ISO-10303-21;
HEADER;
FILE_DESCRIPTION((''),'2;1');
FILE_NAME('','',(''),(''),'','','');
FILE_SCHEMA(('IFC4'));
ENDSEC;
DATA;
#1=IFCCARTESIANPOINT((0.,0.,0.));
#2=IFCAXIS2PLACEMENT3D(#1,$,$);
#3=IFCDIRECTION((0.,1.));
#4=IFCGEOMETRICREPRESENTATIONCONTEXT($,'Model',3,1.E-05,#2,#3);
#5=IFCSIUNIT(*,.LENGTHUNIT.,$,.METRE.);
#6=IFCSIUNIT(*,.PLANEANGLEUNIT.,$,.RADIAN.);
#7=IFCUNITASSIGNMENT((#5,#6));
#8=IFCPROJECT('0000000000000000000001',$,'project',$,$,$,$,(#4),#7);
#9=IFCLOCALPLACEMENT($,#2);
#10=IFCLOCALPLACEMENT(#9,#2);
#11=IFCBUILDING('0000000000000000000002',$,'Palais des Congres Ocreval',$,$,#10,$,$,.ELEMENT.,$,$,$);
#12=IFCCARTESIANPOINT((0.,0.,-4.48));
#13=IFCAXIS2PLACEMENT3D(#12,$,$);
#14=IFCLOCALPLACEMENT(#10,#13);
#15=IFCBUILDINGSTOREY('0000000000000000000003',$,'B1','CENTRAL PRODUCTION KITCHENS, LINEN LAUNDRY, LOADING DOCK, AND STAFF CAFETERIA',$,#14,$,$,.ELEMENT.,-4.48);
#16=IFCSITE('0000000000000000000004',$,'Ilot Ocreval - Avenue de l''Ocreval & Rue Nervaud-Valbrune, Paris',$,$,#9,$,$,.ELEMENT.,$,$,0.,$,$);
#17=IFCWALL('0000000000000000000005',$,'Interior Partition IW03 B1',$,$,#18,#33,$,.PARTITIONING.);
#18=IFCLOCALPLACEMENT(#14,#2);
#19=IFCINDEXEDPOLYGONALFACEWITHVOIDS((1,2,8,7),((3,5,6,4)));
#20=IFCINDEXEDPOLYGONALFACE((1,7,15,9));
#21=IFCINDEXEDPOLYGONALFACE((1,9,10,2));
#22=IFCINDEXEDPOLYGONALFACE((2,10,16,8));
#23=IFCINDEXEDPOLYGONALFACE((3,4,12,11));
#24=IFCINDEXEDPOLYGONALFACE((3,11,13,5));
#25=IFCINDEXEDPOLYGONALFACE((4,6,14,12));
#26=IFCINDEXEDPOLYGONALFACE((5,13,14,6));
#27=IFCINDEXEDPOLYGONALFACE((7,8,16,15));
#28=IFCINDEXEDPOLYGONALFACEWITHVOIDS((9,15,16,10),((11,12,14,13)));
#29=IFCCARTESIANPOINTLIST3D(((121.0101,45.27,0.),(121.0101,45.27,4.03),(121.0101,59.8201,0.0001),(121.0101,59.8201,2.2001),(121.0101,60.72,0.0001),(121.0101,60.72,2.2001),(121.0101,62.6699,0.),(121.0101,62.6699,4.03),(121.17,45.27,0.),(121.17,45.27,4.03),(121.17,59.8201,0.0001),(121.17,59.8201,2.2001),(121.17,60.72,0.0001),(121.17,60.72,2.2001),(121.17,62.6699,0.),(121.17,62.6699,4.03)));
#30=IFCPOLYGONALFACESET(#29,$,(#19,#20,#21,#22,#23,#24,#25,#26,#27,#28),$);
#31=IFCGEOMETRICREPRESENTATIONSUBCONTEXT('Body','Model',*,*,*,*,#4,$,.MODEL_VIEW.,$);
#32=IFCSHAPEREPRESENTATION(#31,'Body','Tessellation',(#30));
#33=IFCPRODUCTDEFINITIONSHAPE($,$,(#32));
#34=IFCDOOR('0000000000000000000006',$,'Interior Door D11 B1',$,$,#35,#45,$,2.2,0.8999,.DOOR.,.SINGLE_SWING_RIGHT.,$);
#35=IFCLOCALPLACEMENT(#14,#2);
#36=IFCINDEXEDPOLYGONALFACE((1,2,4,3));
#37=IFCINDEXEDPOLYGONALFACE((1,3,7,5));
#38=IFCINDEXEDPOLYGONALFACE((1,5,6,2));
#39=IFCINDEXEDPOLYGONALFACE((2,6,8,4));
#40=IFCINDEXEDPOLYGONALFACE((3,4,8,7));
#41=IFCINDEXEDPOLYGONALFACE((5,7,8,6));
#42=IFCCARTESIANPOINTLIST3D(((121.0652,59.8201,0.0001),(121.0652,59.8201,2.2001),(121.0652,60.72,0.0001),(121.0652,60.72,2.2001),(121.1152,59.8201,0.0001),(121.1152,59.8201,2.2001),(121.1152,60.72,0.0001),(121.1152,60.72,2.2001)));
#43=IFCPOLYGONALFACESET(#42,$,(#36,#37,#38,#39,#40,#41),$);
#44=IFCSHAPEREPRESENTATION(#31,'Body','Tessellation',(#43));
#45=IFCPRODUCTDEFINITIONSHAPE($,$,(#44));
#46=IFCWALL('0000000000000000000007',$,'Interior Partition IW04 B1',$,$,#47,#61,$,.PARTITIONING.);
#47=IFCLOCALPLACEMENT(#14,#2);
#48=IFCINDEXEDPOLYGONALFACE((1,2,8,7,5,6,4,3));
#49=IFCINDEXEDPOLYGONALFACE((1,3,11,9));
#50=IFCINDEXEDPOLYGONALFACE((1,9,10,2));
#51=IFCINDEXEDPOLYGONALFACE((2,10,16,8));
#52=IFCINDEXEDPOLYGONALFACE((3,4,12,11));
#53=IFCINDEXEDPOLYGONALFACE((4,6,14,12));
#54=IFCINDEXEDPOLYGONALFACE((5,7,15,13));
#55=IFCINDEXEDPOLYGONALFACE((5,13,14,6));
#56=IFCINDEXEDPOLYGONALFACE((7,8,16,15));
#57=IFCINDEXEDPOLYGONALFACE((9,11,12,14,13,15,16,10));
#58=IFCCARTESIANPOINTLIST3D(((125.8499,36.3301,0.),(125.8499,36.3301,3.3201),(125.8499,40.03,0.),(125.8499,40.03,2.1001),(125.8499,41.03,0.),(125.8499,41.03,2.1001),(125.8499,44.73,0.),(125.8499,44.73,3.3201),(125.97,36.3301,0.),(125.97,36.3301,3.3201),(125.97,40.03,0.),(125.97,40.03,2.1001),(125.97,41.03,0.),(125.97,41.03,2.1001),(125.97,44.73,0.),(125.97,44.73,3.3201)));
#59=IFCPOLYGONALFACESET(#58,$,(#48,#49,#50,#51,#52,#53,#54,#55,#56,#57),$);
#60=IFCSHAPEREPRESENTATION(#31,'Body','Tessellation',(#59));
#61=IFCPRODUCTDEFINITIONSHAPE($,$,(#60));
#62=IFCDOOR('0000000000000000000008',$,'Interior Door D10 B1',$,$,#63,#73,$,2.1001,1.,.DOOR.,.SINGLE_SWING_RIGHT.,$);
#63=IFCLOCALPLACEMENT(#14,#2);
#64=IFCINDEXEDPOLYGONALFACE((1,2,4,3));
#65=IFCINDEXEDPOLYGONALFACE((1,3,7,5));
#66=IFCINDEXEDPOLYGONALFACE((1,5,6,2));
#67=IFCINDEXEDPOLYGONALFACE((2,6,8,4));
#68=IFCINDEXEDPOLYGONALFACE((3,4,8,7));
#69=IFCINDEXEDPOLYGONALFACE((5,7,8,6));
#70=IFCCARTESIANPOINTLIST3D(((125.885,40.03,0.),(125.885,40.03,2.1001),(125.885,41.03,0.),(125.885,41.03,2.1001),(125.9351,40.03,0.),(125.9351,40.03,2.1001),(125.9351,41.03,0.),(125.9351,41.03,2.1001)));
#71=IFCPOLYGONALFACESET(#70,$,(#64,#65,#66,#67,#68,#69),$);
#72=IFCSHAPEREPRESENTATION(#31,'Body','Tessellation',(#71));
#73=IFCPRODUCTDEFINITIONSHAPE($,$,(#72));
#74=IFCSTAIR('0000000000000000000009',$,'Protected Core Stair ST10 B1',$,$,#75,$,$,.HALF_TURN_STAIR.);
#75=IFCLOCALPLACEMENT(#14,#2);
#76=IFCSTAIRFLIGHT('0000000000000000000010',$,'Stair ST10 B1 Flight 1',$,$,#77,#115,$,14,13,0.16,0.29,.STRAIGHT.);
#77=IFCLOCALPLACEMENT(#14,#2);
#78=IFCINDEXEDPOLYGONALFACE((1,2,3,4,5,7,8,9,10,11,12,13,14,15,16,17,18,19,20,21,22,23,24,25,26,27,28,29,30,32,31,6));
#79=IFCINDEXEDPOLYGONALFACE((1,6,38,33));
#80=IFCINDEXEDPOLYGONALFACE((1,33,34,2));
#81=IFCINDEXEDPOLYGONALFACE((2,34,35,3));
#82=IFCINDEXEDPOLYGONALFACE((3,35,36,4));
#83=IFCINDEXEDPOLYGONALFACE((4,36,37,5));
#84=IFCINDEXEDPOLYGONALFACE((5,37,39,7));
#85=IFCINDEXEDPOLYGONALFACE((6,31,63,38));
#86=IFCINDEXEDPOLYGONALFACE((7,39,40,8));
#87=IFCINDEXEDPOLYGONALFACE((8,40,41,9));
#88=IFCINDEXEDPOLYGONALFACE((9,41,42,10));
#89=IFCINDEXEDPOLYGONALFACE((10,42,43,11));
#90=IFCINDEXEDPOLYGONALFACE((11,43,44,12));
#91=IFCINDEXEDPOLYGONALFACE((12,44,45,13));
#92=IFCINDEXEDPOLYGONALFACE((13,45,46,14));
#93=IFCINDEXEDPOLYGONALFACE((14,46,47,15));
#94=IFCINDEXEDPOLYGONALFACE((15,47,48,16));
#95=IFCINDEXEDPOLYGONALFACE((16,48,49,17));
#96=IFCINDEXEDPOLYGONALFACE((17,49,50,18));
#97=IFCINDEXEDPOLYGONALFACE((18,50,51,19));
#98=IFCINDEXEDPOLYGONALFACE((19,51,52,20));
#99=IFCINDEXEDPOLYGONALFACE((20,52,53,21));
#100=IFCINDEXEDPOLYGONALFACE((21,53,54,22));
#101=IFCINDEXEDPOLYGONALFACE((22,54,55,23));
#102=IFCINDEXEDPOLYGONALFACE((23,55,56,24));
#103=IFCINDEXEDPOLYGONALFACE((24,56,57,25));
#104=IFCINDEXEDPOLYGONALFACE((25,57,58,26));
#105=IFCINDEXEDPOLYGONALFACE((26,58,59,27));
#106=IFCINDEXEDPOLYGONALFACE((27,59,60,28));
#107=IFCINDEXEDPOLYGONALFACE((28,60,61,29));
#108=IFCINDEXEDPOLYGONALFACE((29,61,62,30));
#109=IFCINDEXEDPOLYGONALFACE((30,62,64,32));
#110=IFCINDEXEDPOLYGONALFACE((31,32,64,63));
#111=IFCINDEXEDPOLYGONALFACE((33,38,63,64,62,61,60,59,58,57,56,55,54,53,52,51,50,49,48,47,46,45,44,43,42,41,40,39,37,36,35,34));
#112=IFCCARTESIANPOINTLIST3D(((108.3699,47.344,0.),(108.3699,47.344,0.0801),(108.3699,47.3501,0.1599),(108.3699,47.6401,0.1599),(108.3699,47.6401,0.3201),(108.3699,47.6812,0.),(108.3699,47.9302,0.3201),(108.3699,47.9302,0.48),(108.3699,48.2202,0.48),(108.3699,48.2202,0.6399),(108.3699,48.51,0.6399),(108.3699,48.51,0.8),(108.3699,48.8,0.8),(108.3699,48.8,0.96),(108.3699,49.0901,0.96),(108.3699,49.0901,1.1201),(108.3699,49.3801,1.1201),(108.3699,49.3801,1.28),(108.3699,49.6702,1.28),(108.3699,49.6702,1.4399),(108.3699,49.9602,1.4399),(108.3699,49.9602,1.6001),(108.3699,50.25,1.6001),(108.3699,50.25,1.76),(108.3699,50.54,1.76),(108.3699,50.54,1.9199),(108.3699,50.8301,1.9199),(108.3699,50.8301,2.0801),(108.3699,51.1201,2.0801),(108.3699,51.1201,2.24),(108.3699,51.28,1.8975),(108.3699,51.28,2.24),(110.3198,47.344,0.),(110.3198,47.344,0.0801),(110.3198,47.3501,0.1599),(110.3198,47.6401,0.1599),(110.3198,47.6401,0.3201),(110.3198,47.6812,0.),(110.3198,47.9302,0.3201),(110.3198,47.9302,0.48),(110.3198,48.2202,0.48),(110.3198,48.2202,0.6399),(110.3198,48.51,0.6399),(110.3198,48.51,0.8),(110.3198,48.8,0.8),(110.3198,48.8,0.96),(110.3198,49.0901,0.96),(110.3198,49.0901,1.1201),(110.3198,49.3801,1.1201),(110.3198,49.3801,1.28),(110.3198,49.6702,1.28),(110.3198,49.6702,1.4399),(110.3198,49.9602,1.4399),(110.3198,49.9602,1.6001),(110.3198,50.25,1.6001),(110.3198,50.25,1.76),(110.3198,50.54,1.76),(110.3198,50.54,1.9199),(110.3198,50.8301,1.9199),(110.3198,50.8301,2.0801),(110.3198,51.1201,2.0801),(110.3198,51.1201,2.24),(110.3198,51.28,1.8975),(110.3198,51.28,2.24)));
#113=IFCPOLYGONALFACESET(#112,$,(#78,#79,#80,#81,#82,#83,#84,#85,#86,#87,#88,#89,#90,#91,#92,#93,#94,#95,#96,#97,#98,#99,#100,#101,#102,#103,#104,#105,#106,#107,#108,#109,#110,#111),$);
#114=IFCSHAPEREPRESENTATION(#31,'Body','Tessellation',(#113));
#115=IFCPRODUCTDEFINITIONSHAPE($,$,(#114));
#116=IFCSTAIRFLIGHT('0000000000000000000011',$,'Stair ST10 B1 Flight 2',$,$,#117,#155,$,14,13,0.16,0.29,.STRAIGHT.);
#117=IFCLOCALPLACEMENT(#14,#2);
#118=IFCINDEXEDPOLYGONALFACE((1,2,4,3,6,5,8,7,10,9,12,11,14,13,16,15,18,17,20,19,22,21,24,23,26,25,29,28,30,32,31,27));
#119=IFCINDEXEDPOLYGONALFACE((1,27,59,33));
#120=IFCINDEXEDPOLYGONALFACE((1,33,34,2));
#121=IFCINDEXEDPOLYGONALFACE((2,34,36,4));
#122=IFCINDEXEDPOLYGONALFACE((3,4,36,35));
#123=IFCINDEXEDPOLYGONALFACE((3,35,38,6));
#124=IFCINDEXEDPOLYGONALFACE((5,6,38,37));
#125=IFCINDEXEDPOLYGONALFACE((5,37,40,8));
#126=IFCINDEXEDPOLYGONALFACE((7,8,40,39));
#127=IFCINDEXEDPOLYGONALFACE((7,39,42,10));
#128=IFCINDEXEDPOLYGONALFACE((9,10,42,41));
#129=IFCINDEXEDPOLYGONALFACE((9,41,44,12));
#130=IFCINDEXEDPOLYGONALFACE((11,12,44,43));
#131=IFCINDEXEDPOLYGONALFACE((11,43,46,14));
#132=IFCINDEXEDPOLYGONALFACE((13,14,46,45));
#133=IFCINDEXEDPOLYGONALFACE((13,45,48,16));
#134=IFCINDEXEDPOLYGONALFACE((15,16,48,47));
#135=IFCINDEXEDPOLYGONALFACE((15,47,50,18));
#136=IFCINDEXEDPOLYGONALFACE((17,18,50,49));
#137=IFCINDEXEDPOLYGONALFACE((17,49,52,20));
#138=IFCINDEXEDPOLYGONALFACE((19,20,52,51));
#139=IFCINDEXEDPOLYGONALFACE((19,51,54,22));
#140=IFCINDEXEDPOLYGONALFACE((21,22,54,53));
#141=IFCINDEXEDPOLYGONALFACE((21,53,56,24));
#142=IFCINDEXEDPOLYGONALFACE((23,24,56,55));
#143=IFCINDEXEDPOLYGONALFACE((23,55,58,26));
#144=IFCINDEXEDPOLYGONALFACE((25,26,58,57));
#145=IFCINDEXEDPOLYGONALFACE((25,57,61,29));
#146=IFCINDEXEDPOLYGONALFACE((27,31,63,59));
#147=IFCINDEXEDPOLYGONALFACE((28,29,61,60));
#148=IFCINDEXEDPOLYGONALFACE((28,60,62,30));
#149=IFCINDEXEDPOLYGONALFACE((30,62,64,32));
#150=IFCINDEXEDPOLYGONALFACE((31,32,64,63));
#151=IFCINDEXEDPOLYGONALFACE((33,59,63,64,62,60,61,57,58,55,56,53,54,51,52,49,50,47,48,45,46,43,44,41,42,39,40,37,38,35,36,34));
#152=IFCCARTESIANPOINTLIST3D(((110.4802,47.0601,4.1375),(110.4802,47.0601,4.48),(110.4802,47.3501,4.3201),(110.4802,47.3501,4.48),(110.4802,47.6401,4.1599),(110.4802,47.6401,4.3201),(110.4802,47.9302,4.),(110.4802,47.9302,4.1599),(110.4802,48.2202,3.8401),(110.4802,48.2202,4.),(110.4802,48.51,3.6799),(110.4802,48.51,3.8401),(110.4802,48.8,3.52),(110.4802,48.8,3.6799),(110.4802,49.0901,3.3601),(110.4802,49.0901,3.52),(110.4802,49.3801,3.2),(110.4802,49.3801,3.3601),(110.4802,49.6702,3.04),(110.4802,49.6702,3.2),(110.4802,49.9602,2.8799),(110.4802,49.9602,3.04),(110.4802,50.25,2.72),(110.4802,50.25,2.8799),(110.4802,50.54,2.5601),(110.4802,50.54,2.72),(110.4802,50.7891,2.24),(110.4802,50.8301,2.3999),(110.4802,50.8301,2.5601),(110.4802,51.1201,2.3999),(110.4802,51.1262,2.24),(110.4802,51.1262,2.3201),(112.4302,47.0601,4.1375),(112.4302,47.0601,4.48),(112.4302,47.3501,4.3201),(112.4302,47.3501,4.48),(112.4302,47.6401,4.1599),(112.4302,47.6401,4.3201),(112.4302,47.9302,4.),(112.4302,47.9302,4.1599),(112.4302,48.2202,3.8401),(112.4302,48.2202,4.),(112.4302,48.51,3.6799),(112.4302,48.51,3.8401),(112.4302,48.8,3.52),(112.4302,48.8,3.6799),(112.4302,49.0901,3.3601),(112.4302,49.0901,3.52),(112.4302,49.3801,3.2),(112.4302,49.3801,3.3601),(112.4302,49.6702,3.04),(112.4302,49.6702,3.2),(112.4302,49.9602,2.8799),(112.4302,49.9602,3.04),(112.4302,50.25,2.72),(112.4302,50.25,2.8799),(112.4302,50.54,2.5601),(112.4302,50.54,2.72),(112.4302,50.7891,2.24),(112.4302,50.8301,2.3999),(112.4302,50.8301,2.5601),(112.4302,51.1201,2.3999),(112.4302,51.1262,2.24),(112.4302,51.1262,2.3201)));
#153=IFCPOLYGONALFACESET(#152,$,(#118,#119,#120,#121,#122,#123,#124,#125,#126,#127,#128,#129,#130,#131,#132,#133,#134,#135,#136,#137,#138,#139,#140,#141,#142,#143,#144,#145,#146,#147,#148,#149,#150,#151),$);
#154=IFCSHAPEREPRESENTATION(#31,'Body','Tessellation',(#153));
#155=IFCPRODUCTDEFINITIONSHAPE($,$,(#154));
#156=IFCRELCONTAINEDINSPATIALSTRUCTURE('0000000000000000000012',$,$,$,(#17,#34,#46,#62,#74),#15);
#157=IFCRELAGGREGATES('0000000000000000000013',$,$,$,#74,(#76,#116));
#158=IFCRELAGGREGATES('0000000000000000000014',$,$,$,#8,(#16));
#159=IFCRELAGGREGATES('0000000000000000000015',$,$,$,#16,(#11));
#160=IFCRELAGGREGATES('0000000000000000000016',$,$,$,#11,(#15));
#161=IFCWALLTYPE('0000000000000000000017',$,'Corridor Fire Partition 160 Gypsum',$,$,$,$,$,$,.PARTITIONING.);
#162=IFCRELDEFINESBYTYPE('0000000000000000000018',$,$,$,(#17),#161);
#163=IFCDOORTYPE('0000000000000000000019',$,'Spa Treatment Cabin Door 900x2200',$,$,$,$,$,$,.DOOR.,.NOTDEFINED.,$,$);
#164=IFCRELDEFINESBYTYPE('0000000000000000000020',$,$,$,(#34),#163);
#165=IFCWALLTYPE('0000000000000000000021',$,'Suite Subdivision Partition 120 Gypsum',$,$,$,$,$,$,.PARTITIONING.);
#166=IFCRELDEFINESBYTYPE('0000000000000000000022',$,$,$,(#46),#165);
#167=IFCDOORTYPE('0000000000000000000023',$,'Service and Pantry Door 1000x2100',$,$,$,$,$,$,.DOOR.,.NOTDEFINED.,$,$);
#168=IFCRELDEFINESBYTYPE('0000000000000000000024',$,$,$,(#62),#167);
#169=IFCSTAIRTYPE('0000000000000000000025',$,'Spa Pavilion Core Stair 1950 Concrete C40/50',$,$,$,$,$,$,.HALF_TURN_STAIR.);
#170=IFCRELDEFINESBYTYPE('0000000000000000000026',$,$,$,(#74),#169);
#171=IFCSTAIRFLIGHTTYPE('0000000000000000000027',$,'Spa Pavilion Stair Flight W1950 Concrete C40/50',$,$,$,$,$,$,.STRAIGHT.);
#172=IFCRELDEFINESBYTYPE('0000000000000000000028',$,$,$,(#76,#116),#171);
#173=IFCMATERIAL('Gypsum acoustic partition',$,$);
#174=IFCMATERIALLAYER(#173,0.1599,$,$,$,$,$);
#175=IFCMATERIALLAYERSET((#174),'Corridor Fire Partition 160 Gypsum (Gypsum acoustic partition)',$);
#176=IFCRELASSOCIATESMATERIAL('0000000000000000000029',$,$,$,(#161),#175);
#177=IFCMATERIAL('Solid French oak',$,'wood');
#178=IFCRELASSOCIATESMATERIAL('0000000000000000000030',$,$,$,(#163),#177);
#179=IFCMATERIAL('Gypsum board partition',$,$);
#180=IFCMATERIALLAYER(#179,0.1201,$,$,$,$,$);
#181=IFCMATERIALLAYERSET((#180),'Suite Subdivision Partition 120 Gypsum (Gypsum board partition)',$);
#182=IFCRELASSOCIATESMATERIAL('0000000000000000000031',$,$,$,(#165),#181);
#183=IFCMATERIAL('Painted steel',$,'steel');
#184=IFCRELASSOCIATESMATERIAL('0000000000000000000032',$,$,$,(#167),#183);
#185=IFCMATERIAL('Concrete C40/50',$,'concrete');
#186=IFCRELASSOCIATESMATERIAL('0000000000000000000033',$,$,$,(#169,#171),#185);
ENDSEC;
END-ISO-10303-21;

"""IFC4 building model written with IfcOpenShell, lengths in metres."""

from ifc_helpers import new_model, si_unit, direction, frame, frame_2d, origin, place, context, subcontext, project, spatial, polyline, rectangle, outline, extrude, material, layer, layer_set, type_object, element, fill, aggregate, save


model = new_model("IFC4")

# Units and contexts
model_context = context("Model", 3, precision=1e-05, world=origin(), true_north=direction((0.0, 1.0)))
body_context = subcontext(model_context, "Body", "Model", "MODEL_VIEW")
ifc_project = project(units=[si_unit("LENGTHUNIT", "METRE"), si_unit("PLANEANGLEUNIT", "RADIAN")], contexts=[model_context])

# Site, building, storey
site_placement = place(None, origin())
site = spatial("IfcSite", under=ifc_project, at=site_placement, Name="Ilot Ocreval - Avenue de l'Ocreval & Rue Nervaud-Valbrune, Paris", CompositionType="ELEMENT", RefElevation=0.0)
building_placement = place(site_placement, origin())
building = spatial("IfcBuilding", under=site, at=building_placement, Name="Palais des Congres Ocreval", CompositionType="ELEMENT")
storey_placement = place(building_placement, frame((0.0, 0.0, -4.48)))
storey = spatial("IfcBuildingStorey", under=building, at=storey_placement, Name="B1", Description="CENTRAL PRODUCTION KITCHENS, LINEN LAUNDRY, LOADING DOCK, AND STAFF CAFETERIA", CompositionType="ELEMENT", Elevation=-4.48)

# Shared definitions
ifc_material_1 = material(Name="Concrete C40/50", Category="concrete")

# Walls, openings, doors
ifc_material_2 = material(Name="Gypsum acoustic partition")
ifc_layer_1 = layer(ifc_material_2, 0.1599)
ifc_layer_set_1 = layer_set([ifc_layer_1], Name="Corridor Fire Partition 160 Gypsum (Gypsum acoustic partition)")
wall_type_1 = type_object("IfcWallType", Name="Corridor Fire Partition 160 Gypsum", PredefinedType="PARTITIONING", material=ifc_layer_set_1)
wall_1_placement = place(storey_placement, frame((121.0901, 45.27, 0.0), z_axis=(0.0, 0.0, 1.0), x_axis=(0.0, 1.0, 0.0)))
wall_1 = element("IfcWall", 1, at=wall_1_placement, inside=storey, type_object=wall_type_1, Name="Interior Partition IW03 B1", PredefinedType="PARTITIONING", context=body_context, shape_type="SweptSolid", body=[
    extrude(rectangle(XDim=17.3999, YDim=0.1599, at=frame_2d((8.7, 0.0))), origin(), (0.0, 0.0, 1.0), 4.03),
])
opening_1_placement = place(wall_1_placement, frame((14.55, 0.0, 0.0)))
opening_1 = element("IfcOpeningElement", 2, at=opening_1_placement, cuts=wall_1, PredefinedType="OPENING", context=body_context, shape_type="SweptSolid", body=[
    extrude(rectangle(XDim=0.8999, YDim=2.2, at=frame_2d((0.45, 1.1001))), frame((0.0, 0.0898, 0.0), z_axis=(0.0, -1.0, 0.0), x_axis=(1.0, 0.0, 0.0)), (0.0, 0.0, 1.0), 0.1799),
])
ifc_material_3 = material(Name="Solid French oak", Category="wood")
door_type_1 = type_object("IfcDoorType", Name="Spa Treatment Cabin Door 900x2200", OperationType="NOTDEFINED", PredefinedType="DOOR", material=ifc_material_3)
door_1_placement = place(opening_1_placement, origin())
door_1 = element("IfcDoor", 3, at=door_1_placement, inside=storey, type_object=door_type_1, Name="Interior Door D11 B1", OperationType="SINGLE_SWING_RIGHT", OverallHeight=2.2, OverallWidth=0.8999, PredefinedType="DOOR", context=body_context, shape_type="SweptSolid", body=[
    extrude(rectangle(XDim=0.8999, YDim=2.2, at=frame_2d((0.45, 1.1001))), frame((0.0, 0.0249, 0.0), z_axis=(0.0, -1.0, 0.0), x_axis=(1.0, 0.0, 0.0)), (0.0, 0.0, 1.0), 0.05),
])
fill(opening_1, door_1)
ifc_material_4 = material(Name="Gypsum board partition")
ifc_layer_2 = layer(ifc_material_4, 0.1201)
ifc_layer_set_2 = layer_set([ifc_layer_2], Name="Suite Subdivision Partition 120 Gypsum (Gypsum board partition)")
wall_type_2 = type_object("IfcWallType", Name="Suite Subdivision Partition 120 Gypsum", PredefinedType="PARTITIONING", material=ifc_layer_set_2)
wall_2_placement = place(storey_placement, frame((125.9099, 36.3301, 0.0), z_axis=(0.0, 0.0, 1.0), x_axis=(0.0, 1.0, 0.0)))
wall_2 = element("IfcWall", 4, at=wall_2_placement, inside=storey, type_object=wall_type_2, Name="Interior Partition IW04 B1", PredefinedType="PARTITIONING", context=body_context, shape_type="SweptSolid", body=[
    extrude(rectangle(XDim=8.3999, YDim=0.1201, at=frame_2d((4.2, 0.0))), origin(), (0.0, 0.0, 1.0), 3.3201),
])
opening_2_placement = place(wall_2_placement, frame((3.7, 0.0, 0.0)))
opening_2 = element("IfcOpeningElement", 5, at=opening_2_placement, cuts=wall_2, PredefinedType="OPENING", context=body_context, shape_type="SweptSolid", body=[
    extrude(rectangle(XDim=1.0, YDim=2.1001, at=frame_2d((0.5, 1.05))), frame((0.0, 0.0701, 0.0), z_axis=(0.0, -1.0, 0.0), x_axis=(1.0, 0.0, 0.0)), (0.0, 0.0, 1.0), 0.1401),
])
ifc_material_5 = material(Name="Painted steel", Category="steel")
door_type_2 = type_object("IfcDoorType", Name="Service and Pantry Door 1000x2100", OperationType="NOTDEFINED", PredefinedType="DOOR", material=ifc_material_5)
door_2_placement = place(opening_2_placement, origin())
door_2 = element("IfcDoor", 6, at=door_2_placement, inside=storey, type_object=door_type_2, Name="Interior Door D10 B1", OperationType="SINGLE_SWING_RIGHT", OverallHeight=2.1001, OverallWidth=1.0, PredefinedType="DOOR", context=body_context, shape_type="SweptSolid", body=[
    extrude(rectangle(XDim=1.0, YDim=2.1001, at=frame_2d((0.5, 1.05))), frame((0.0, 0.0249, 0.0), z_axis=(0.0, -1.0, 0.0), x_axis=(1.0, 0.0, 0.0)), (0.0, 0.0, 1.0), 0.05),
])
fill(opening_2, door_2)

# Stair, stair flights
stair_type = type_object("IfcStairType", Name="Spa Pavilion Core Stair 1950 Concrete C40/50", PredefinedType="HALF_TURN_STAIR", material=ifc_material_1)
stair_placement = place(storey_placement, origin())
stair = element("IfcStair", 7, at=stair_placement, inside=storey, type_object=stair_type, Name="Protected Core Stair ST10 B1", PredefinedType="HALF_TURN_STAIR")
stair_flight_type = type_object("IfcStairFlightType", Name="Spa Pavilion Stair Flight W1950 Concrete C40/50", PredefinedType="STRAIGHT", material=ifc_material_1)
stair_flight_1_placement = place(storey_placement, frame((109.345, 47.3501, 0.0), z_axis=(0.0, 0.0, 1.0), x_axis=(0.0, 1.0, 0.0)))
stair_flight_1 = element("IfcStairFlight", 8, at=stair_flight_1_placement, type_object=stair_flight_type, Name="Stair ST10 B1 Flight 1", NumberOfRisers=14, NumberOfTreads=13, PredefinedType="STRAIGHT", RiserHeight=0.16, TreadLength=0.29, context=body_context, shape_type="SweptSolid", body=[
    extrude(outline(polyline([(-0.0061, 0.0), (-0.0061, 0.0801), (0.0, 0.1599), (0.29, 0.1599), (0.29, 0.3201), (0.5801, 0.3201), (0.5801, 0.48), (0.8701, 0.48), (0.8701, 0.6399), (1.1599, 0.6399), (1.1599, 0.8), (1.45, 0.8), (1.45, 0.96), (1.74, 0.96), (1.74, 1.1201), (2.03, 1.1201), (2.03, 1.28), (2.3201, 1.28), (2.3201, 1.4399), (2.6101, 1.4399), (2.6101, 1.6001), (2.8999, 1.6001), (2.8999, 1.76), (3.1899, 1.76), (3.1899, 1.9199), (3.48, 1.9199), (3.48, 2.0801), (3.77, 2.0801), (3.77, 2.24), (3.9299, 2.24), (3.9299, 1.8975), (0.3311, 0.0), (-0.0061, 0.0)])), frame((0.0, 0.9751, 0.0), z_axis=(0.0, -1.0, 0.0), x_axis=(1.0, 0.0, 0.0)), (0.0, 0.0, 1.0), 1.95),
])
stair_flight_2_placement = place(storey_placement, frame((111.4551, 51.1201, 2.24), z_axis=(0.0, 0.0, 1.0), x_axis=(0.0, -1.0, 0.0)))
stair_flight_2 = element("IfcStairFlight", 9, at=stair_flight_2_placement, type_object=stair_flight_type, Name="Stair ST10 B1 Flight 2", NumberOfRisers=14, NumberOfTreads=13, PredefinedType="STRAIGHT", RiserHeight=0.16, TreadLength=0.29, context=body_context, shape_type="SweptSolid", body=[
    extrude(outline(polyline([(-0.0061, 0.0), (-0.0061, 0.0801), (0.0, 0.1599), (0.29, 0.1599), (0.29, 0.3201), (0.5801, 0.3201), (0.5801, 0.48), (0.8701, 0.48), (0.8701, 0.6399), (1.1599, 0.6399), (1.1599, 0.8), (1.45, 0.8), (1.45, 0.96), (1.74, 0.96), (1.74, 1.1201), (2.03, 1.1201), (2.03, 1.28), (2.3201, 1.28), (2.3201, 1.4399), (2.6101, 1.4399), (2.6101, 1.6001), (2.8999, 1.6001), (2.8999, 1.76), (3.1899, 1.76), (3.1899, 1.9199), (3.48, 1.9199), (3.48, 2.0801), (3.77, 2.0801), (3.77, 2.24), (4.0601, 2.24), (4.0601, 1.8975), (0.3311, 0.0), (-0.0061, 0.0)])), frame((0.0, 0.9751, 0.0), z_axis=(0.0, -1.0, 0.0), x_axis=(1.0, 0.0, 0.0)), (0.0, 0.0, 1.0), 1.95),
])
aggregate(stair, [stair_flight_1, stair_flight_2])

save(model, "model.ifc")
